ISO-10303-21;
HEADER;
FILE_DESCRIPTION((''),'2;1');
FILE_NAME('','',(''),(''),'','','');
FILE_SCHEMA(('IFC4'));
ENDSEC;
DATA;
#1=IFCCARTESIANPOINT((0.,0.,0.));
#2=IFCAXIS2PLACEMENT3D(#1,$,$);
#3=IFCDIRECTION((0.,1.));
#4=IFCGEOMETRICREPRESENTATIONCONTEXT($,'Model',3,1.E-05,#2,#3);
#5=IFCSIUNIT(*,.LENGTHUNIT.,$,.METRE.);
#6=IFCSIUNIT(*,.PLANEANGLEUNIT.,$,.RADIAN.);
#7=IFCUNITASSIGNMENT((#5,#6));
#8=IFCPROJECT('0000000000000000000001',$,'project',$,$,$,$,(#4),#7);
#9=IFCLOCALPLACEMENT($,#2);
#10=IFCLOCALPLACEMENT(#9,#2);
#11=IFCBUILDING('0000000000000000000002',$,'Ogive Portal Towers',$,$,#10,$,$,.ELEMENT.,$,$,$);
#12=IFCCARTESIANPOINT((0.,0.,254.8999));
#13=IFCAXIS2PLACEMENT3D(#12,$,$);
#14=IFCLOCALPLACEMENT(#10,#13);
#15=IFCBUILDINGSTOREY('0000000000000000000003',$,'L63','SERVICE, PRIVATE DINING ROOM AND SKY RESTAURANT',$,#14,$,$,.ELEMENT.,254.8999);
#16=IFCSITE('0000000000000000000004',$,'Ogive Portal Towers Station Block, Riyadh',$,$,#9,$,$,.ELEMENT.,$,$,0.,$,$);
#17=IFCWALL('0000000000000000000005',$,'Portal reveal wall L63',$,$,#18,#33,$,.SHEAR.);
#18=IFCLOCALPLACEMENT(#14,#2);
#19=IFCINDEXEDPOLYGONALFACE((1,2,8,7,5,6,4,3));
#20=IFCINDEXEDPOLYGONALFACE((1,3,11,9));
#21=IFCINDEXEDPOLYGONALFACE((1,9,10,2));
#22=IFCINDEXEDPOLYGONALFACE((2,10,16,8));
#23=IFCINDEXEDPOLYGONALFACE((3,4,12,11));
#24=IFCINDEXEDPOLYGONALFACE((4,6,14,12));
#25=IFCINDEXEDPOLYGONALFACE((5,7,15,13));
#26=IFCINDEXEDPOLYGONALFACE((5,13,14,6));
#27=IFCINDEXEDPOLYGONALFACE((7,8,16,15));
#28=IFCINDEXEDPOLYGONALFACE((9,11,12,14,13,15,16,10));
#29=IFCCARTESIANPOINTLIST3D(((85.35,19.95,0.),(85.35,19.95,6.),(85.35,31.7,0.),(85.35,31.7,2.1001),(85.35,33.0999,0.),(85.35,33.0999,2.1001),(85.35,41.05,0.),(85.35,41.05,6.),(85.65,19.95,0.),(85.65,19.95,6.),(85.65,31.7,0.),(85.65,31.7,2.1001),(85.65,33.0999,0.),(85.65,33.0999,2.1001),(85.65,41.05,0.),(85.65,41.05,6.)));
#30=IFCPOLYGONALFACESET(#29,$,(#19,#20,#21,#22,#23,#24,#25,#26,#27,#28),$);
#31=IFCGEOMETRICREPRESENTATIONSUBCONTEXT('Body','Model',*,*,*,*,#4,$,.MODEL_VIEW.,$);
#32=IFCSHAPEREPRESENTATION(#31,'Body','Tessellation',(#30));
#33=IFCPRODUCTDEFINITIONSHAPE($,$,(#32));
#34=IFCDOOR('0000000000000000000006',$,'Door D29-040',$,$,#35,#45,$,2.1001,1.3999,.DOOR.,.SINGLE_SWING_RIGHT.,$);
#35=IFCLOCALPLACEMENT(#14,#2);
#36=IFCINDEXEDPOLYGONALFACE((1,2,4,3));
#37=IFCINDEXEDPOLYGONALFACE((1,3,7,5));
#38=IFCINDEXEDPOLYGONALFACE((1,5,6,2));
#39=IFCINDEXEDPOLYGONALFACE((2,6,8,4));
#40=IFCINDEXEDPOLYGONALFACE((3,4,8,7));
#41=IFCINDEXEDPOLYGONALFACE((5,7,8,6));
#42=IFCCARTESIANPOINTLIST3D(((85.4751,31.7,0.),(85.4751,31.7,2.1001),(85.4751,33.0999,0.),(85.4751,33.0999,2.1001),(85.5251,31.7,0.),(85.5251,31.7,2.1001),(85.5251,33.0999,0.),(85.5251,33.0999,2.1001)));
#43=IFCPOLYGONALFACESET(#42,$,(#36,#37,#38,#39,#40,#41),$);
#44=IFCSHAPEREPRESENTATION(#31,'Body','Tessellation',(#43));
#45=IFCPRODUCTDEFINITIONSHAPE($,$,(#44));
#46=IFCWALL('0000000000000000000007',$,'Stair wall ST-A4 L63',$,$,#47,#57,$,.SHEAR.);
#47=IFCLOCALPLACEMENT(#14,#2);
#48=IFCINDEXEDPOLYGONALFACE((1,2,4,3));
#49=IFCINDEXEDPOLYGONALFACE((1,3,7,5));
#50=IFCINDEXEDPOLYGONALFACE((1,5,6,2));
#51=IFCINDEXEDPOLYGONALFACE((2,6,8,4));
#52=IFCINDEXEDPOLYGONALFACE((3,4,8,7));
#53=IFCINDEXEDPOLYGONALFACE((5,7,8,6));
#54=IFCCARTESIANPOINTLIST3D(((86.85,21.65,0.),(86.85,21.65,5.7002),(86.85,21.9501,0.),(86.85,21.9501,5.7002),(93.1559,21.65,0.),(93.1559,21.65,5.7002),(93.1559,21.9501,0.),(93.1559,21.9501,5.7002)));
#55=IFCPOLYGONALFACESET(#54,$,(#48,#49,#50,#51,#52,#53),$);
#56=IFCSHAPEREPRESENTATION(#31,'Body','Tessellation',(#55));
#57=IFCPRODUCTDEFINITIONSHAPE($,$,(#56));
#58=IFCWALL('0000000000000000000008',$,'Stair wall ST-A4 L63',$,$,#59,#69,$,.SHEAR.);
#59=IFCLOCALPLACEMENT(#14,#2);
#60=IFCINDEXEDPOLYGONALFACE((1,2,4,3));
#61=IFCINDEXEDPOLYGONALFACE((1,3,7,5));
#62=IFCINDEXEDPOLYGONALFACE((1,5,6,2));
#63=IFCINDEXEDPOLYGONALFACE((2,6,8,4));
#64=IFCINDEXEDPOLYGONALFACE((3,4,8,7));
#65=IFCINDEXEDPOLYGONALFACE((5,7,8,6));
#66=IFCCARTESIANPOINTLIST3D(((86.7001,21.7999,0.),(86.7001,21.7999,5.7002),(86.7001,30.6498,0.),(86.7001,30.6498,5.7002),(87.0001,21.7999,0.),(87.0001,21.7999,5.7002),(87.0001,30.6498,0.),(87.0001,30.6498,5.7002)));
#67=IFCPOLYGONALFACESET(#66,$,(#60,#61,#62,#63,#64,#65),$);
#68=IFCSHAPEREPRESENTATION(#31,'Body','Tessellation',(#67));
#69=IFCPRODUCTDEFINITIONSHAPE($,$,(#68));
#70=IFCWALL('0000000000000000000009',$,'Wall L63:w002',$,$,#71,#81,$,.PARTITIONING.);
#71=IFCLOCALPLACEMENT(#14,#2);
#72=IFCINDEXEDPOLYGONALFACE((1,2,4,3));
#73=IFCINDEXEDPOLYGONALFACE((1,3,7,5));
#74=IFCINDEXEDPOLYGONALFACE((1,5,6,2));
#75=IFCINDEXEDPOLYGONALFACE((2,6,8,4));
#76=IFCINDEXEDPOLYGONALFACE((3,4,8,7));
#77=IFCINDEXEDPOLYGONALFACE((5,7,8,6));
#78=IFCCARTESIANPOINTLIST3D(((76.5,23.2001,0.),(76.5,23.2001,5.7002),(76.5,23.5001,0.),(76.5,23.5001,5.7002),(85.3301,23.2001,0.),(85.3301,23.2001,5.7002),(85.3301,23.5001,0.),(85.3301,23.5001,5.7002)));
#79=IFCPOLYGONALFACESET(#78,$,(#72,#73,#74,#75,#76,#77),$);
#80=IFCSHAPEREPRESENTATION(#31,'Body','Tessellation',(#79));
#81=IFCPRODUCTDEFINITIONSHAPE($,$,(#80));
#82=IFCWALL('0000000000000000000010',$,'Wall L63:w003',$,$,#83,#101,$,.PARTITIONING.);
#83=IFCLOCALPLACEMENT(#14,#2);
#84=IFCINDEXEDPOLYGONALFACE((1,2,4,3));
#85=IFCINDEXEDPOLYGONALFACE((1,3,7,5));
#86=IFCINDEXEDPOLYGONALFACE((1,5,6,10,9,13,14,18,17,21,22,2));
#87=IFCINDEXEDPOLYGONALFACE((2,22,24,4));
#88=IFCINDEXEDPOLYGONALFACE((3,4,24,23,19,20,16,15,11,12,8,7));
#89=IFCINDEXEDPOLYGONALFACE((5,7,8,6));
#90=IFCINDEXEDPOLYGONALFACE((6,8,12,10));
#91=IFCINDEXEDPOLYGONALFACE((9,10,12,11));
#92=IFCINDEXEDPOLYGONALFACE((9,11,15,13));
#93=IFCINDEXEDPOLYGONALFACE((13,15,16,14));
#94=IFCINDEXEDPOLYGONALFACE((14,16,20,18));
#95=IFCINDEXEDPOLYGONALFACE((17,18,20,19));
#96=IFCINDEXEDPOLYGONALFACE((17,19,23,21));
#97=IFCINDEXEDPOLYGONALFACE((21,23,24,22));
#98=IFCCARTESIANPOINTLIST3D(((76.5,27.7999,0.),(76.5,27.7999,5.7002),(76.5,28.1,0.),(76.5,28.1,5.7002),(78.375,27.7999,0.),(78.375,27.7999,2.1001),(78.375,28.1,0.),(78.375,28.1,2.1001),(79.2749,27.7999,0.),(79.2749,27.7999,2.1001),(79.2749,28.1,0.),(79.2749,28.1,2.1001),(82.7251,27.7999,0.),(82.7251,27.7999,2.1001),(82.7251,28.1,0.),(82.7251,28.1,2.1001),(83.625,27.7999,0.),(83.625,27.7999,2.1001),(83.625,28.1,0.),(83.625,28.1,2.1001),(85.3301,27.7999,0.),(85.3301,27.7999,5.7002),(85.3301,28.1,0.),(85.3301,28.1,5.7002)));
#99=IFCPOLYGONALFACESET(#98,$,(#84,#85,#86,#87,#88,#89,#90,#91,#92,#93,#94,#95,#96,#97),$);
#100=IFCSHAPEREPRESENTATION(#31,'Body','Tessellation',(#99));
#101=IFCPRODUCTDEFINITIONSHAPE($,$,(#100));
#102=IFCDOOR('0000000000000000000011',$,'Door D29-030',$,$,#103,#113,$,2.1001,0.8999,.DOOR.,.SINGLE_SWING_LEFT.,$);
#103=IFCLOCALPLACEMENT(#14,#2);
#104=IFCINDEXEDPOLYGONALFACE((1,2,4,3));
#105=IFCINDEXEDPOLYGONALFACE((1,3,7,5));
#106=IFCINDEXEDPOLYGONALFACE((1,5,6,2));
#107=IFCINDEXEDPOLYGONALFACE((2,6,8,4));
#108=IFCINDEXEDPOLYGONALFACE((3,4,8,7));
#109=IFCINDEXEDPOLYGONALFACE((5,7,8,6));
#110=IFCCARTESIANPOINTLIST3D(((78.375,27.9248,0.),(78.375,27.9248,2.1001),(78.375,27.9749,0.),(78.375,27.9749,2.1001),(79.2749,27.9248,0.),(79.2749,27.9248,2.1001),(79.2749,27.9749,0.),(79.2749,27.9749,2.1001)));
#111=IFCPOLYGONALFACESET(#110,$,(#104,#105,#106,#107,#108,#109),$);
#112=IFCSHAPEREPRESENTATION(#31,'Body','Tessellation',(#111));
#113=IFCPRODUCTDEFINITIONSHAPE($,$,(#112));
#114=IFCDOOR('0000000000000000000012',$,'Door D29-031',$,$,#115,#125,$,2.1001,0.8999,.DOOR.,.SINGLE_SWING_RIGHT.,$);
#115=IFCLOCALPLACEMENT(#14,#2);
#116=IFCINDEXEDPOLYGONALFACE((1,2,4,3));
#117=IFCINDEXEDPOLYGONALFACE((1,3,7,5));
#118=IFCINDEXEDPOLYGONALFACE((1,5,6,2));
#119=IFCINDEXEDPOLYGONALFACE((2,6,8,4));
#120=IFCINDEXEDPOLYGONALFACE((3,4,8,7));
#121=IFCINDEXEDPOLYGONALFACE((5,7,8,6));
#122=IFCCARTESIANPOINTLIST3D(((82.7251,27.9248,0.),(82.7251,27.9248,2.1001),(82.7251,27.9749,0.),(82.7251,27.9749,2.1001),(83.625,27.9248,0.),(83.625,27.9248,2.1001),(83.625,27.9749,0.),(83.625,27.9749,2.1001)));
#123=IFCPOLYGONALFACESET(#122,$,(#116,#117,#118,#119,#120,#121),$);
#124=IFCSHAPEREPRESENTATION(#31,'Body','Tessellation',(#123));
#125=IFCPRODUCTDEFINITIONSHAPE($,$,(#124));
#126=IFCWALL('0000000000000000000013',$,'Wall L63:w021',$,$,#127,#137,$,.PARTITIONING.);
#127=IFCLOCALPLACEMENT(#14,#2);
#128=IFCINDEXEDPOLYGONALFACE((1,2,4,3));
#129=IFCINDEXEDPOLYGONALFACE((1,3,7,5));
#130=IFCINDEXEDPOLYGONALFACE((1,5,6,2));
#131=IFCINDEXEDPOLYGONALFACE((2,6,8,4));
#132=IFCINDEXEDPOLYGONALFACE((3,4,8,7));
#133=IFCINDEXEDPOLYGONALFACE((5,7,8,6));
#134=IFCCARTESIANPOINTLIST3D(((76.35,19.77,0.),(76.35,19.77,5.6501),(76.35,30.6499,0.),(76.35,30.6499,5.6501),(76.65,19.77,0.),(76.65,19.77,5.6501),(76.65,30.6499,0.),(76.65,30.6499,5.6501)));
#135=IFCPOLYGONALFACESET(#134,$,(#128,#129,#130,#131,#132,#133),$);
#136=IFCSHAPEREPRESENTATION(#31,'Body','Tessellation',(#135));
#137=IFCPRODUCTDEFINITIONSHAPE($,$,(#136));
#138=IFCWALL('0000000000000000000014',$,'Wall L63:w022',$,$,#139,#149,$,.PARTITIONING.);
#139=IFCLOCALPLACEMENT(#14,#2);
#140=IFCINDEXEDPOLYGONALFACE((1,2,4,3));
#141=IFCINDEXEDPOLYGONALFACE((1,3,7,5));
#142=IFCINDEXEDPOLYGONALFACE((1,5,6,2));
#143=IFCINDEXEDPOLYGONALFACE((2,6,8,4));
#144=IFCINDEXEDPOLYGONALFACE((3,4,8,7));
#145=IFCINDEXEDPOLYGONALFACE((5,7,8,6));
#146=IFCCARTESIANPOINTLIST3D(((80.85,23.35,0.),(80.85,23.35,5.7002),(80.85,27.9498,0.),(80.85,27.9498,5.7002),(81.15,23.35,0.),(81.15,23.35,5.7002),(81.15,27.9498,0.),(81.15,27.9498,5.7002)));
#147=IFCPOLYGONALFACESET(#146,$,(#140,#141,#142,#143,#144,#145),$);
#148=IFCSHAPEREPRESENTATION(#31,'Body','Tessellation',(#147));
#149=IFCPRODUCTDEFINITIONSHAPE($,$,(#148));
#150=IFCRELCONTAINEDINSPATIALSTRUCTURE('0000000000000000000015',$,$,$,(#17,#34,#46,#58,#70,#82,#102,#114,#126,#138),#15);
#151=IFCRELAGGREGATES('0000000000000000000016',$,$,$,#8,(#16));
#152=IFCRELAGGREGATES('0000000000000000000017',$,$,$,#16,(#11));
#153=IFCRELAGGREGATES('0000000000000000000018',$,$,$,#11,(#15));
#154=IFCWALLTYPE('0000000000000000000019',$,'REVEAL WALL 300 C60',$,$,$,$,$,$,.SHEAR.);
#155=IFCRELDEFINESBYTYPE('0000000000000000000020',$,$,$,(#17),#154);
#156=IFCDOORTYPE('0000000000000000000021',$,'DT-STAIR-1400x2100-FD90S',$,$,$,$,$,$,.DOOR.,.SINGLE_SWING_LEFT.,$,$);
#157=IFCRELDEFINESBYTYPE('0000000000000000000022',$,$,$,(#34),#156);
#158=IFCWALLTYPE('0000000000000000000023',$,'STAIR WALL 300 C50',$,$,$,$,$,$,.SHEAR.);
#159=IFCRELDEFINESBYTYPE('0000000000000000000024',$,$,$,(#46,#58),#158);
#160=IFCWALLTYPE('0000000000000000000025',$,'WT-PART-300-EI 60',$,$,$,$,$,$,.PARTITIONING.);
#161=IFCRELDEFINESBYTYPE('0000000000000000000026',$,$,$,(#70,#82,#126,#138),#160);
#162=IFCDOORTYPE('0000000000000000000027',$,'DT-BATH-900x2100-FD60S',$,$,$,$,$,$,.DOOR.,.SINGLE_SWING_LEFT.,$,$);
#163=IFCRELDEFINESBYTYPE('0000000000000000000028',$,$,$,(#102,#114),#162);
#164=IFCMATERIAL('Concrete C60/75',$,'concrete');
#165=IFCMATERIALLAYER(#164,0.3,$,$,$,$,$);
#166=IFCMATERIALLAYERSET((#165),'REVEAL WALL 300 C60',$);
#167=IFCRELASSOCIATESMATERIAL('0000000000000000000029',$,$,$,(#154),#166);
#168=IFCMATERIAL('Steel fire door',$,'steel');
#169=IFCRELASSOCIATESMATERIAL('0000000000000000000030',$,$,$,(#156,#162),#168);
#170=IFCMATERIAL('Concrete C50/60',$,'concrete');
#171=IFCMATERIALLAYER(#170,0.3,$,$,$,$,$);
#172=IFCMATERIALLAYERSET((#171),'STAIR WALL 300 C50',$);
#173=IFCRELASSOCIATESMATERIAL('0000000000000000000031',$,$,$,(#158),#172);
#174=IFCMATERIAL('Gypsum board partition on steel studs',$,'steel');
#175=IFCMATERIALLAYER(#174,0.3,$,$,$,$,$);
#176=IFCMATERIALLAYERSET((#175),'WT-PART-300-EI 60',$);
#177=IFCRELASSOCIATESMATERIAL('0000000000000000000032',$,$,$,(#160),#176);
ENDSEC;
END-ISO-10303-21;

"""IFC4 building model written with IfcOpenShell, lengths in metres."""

from ifc_helpers import new_model, si_unit, direction, frame, frame_2d, origin, place, context, subcontext, project, spatial, rectangle, extrude, material, layer, layer_set, type_object, element, fill, save


model = new_model("IFC4")

# Units and contexts
model_context = context("Model", 3, precision=1e-05, world=origin(), true_north=direction((0.0, 1.0)))
body_context = subcontext(model_context, "Body", "Model", "MODEL_VIEW")
ifc_project = project(units=[si_unit("LENGTHUNIT", "METRE"), si_unit("PLANEANGLEUNIT", "RADIAN")], contexts=[model_context])

# Site, building, storey
site_placement = place(None, origin())
site = spatial("IfcSite", under=ifc_project, at=site_placement, Name="Ogive Portal Towers Station Block, Riyadh", CompositionType="ELEMENT", RefElevation=0.0)
building_placement = place(site_placement, origin())
building = spatial("IfcBuilding", under=site, at=building_placement, Name="Ogive Portal Towers", CompositionType="ELEMENT")
storey_placement = place(building_placement, frame((0.0, 0.0, 254.8999)))
storey = spatial("IfcBuildingStorey", under=building, at=storey_placement, Name="L63", Description="SERVICE, PRIVATE DINING ROOM AND SKY RESTAURANT", CompositionType="ELEMENT", Elevation=254.8999)

# Shared definitions
ifc_material_1 = material(Name="Concrete C60/75", Category="concrete")

# Wall, opening, door
ifc_layer_1 = layer(ifc_material_1, 0.3)
ifc_layer_set_1 = layer_set([ifc_layer_1], Name="REVEAL WALL 300 C60")
wall_type_1 = type_object("IfcWallType", Name="REVEAL WALL 300 C60", PredefinedType="SHEAR", material=ifc_layer_set_1)
wall_1_placement = place(storey_placement, frame((85.5, 19.95, 0.0), z_axis=(0.0, 0.0, 1.0), x_axis=(0.0, 1.0, 0.0)))
wall_1 = element("IfcWall", 1, at=wall_1_placement, inside=storey, type_object=wall_type_1, Name="Portal reveal wall L63", PredefinedType="SHEAR", context=body_context, shape_type="SweptSolid", body=[
    extrude(rectangle(XDim=21.1001, YDim=0.3, at=frame_2d((10.55, 0.0))), origin(), (0.0, 0.0, 1.0), 6.0),
])
opening_1_placement = place(wall_1_placement, frame((11.75, 0.0, 0.0)))
opening_1 = element("IfcOpeningElement", 2, at=opening_1_placement, cuts=wall_1, PredefinedType="OPENING", context=body_context, shape_type="SweptSolid", body=[
    extrude(rectangle(XDim=1.3999, YDim=2.1001, at=frame_2d((0.7, 1.05))), frame((0.0, 0.1602, 0.0), z_axis=(0.0, -1.0, 0.0), x_axis=(1.0, 0.0, 0.0)), (0.0, 0.0, 1.0), 0.3201),
])
ifc_material_2 = material(Name="Steel fire door", Category="steel")
door_type_1 = type_object("IfcDoorType", Name="DT-STAIR-1400x2100-FD90S", OperationType="SINGLE_SWING_LEFT", PredefinedType="DOOR", material=ifc_material_2)
door_1_placement = place(opening_1_placement, origin())
door_1 = element("IfcDoor", 3, at=door_1_placement, inside=storey, type_object=door_type_1, Name="Door D29-040", OperationType="SINGLE_SWING_RIGHT", OverallHeight=2.1001, OverallWidth=1.3999, PredefinedType="DOOR", context=body_context, shape_type="SweptSolid", body=[
    extrude(rectangle(XDim=1.3999, YDim=2.1001, at=frame_2d((0.7, 1.05))), frame((0.0, 0.0249, 0.0), z_axis=(0.0, -1.0, 0.0), x_axis=(1.0, 0.0, 0.0)), (0.0, 0.0, 1.0), 0.05),
])
fill(opening_1, door_1)

# Walls
ifc_material_3 = material(Name="Concrete C50/60", Category="concrete")
ifc_layer_2 = layer(ifc_material_3, 0.3)
ifc_layer_set_2 = layer_set([ifc_layer_2], Name="STAIR WALL 300 C50")
wall_type_2 = type_object("IfcWallType", Name="STAIR WALL 300 C50", PredefinedType="SHEAR", material=ifc_layer_set_2)
wall_2_placement = place(storey_placement, frame((86.8501, 21.8, 0.0), z_axis=(0.0, 0.0, 1.0), x_axis=(1.0, 0.0, 0.0)))
element("IfcWall", 4, at=wall_2_placement, inside=storey, type_object=wall_type_2, Name="Stair wall ST-A4 L63", PredefinedType="SHEAR", context=body_context, shape_type="SweptSolid", body=[
    extrude(rectangle(XDim=6.3059, YDim=0.3, at=frame_2d((3.1528, 0.0))), origin(), (0.0, 0.0, 1.0), 5.7002),
])
wall_3_placement = place(storey_placement, frame((86.8501, 21.8, 0.0), z_axis=(0.0, 0.0, 1.0), x_axis=(0.0, 1.0, 0.0)))
element("IfcWall", 5, at=wall_3_placement, inside=storey, type_object=wall_type_2, Name="Stair wall ST-A4 L63", PredefinedType="SHEAR", context=body_context, shape_type="SweptSolid", body=[
    extrude(rectangle(XDim=8.8499, YDim=0.3, at=frame_2d((4.4248, 0.0))), origin(), (0.0, 0.0, 1.0), 5.7002),
])
ifc_material_4 = material(Name="Gypsum board partition on steel studs", Category="steel")
ifc_layer_3 = layer(ifc_material_4, 0.3)
ifc_layer_set_3 = layer_set([ifc_layer_3], Name="WT-PART-300-EI 60")
wall_type_3 = type_object("IfcWallType", Name="WT-PART-300-EI 60", PredefinedType="PARTITIONING", material=ifc_layer_set_3)
wall_4_placement = place(storey_placement, frame((76.5, 23.3501, 0.0), z_axis=(0.0, 0.0, 1.0), x_axis=(1.0, 0.0, 0.0)))
element("IfcWall", 6, at=wall_4_placement, inside=storey, type_object=wall_type_3, Name="Wall L63:w002", PredefinedType="PARTITIONING", context=body_context, shape_type="SweptSolid", body=[
    extrude(rectangle(XDim=8.8301, YDim=0.3, at=frame_2d((4.415, 0.0))), origin(), (0.0, 0.0, 1.0), 5.7002),
])

# Wall, openings, doors
wall_5_placement = place(storey_placement, frame((76.5, 27.95, 0.0), z_axis=(0.0, 0.0, 1.0), x_axis=(1.0, 0.0, 0.0)))
wall_5 = element("IfcWall", 7, at=wall_5_placement, inside=storey, type_object=wall_type_3, Name="Wall L63:w003", PredefinedType="PARTITIONING", context=body_context, shape_type="SweptSolid", body=[
    extrude(rectangle(XDim=8.8301, YDim=0.3, at=frame_2d((4.415, 0.0))), origin(), (0.0, 0.0, 1.0), 5.7002),
])
opening_2_placement = place(wall_5_placement, frame((1.875, 0.0, 0.0)))
opening_2 = element("IfcOpeningElement", 8, at=opening_2_placement, cuts=wall_5, PredefinedType="OPENING", context=body_context, shape_type="SweptSolid", body=[
    extrude(rectangle(XDim=0.8999, YDim=2.1001, at=frame_2d((0.45, 1.05))), frame((0.0, 0.1602, 0.0), z_axis=(0.0, -1.0, 0.0), x_axis=(1.0, 0.0, 0.0)), (0.0, 0.0, 1.0), 0.3201),
])
opening_3_placement = place(wall_5_placement, frame((6.2251, 0.0, 0.0)))
opening_3 = element("IfcOpeningElement", 9, at=opening_3_placement, cuts=wall_5, PredefinedType="OPENING", context=body_context, shape_type="SweptSolid", body=[
    extrude(rectangle(XDim=0.8999, YDim=2.1001, at=frame_2d((0.45, 1.05))), frame((0.0, 0.1602, 0.0), z_axis=(0.0, -1.0, 0.0), x_axis=(1.0, 0.0, 0.0)), (0.0, 0.0, 1.0), 0.3201),
])
door_type_2 = type_object("IfcDoorType", Name="DT-BATH-900x2100-FD60S", OperationType="SINGLE_SWING_LEFT", PredefinedType="DOOR", material=ifc_material_2)
door_2_placement = place(opening_2_placement, origin())
door_2 = element("IfcDoor", 10, at=door_2_placement, inside=storey, type_object=door_type_2, Name="Door D29-030", OperationType="SINGLE_SWING_LEFT", OverallHeight=2.1001, OverallWidth=0.8999, PredefinedType="DOOR", context=body_context, shape_type="SweptSolid", body=[
    extrude(rectangle(XDim=0.8999, YDim=2.1001, at=frame_2d((0.45, 1.05))), frame((0.0, 0.0249, 0.0), z_axis=(0.0, -1.0, 0.0), x_axis=(1.0, 0.0, 0.0)), (0.0, 0.0, 1.0), 0.05),
])
fill(opening_2, door_2)
door_3_placement = place(opening_3_placement, origin())
door_3 = element("IfcDoor", 11, at=door_3_placement, inside=storey, type_object=door_type_2, Name="Door D29-031", OperationType="SINGLE_SWING_RIGHT", OverallHeight=2.1001, OverallWidth=0.8999, PredefinedType="DOOR", context=body_context, shape_type="SweptSolid", body=[
    extrude(rectangle(XDim=0.8999, YDim=2.1001, at=frame_2d((0.45, 1.05))), frame((0.0, 0.0249, 0.0), z_axis=(0.0, -1.0, 0.0), x_axis=(1.0, 0.0, 0.0)), (0.0, 0.0, 1.0), 0.05),
])
fill(opening_3, door_3)

# Walls
wall_6_placement = place(storey_placement, frame((76.5, 19.77, 0.0), z_axis=(0.0, 0.0, 1.0), x_axis=(0.0, 1.0, 0.0)))
element("IfcWall", 12, at=wall_6_placement, inside=storey, type_object=wall_type_3, Name="Wall L63:w021", PredefinedType="PARTITIONING", context=body_context, shape_type="SweptSolid", body=[
    extrude(rectangle(XDim=10.8799, YDim=0.3, at=frame_2d((5.4399, 0.0))), origin(), (0.0, 0.0, 1.0), 5.6501),
])
wall_7_placement = place(storey_placement, frame((81.0, 23.3501, 0.0), z_axis=(0.0, 0.0, 1.0), x_axis=(0.0, 1.0, 0.0)))
element("IfcWall", 13, at=wall_7_placement, inside=storey, type_object=wall_type_3, Name="Wall L63:w022", PredefinedType="PARTITIONING", context=body_context, shape_type="SweptSolid", body=[
    extrude(rectangle(XDim=4.5999, YDim=0.3, at=frame_2d((2.2998, 0.0))), origin(), (0.0, 0.0, 1.0), 5.7002),
])

save(model, "model.ifc")
